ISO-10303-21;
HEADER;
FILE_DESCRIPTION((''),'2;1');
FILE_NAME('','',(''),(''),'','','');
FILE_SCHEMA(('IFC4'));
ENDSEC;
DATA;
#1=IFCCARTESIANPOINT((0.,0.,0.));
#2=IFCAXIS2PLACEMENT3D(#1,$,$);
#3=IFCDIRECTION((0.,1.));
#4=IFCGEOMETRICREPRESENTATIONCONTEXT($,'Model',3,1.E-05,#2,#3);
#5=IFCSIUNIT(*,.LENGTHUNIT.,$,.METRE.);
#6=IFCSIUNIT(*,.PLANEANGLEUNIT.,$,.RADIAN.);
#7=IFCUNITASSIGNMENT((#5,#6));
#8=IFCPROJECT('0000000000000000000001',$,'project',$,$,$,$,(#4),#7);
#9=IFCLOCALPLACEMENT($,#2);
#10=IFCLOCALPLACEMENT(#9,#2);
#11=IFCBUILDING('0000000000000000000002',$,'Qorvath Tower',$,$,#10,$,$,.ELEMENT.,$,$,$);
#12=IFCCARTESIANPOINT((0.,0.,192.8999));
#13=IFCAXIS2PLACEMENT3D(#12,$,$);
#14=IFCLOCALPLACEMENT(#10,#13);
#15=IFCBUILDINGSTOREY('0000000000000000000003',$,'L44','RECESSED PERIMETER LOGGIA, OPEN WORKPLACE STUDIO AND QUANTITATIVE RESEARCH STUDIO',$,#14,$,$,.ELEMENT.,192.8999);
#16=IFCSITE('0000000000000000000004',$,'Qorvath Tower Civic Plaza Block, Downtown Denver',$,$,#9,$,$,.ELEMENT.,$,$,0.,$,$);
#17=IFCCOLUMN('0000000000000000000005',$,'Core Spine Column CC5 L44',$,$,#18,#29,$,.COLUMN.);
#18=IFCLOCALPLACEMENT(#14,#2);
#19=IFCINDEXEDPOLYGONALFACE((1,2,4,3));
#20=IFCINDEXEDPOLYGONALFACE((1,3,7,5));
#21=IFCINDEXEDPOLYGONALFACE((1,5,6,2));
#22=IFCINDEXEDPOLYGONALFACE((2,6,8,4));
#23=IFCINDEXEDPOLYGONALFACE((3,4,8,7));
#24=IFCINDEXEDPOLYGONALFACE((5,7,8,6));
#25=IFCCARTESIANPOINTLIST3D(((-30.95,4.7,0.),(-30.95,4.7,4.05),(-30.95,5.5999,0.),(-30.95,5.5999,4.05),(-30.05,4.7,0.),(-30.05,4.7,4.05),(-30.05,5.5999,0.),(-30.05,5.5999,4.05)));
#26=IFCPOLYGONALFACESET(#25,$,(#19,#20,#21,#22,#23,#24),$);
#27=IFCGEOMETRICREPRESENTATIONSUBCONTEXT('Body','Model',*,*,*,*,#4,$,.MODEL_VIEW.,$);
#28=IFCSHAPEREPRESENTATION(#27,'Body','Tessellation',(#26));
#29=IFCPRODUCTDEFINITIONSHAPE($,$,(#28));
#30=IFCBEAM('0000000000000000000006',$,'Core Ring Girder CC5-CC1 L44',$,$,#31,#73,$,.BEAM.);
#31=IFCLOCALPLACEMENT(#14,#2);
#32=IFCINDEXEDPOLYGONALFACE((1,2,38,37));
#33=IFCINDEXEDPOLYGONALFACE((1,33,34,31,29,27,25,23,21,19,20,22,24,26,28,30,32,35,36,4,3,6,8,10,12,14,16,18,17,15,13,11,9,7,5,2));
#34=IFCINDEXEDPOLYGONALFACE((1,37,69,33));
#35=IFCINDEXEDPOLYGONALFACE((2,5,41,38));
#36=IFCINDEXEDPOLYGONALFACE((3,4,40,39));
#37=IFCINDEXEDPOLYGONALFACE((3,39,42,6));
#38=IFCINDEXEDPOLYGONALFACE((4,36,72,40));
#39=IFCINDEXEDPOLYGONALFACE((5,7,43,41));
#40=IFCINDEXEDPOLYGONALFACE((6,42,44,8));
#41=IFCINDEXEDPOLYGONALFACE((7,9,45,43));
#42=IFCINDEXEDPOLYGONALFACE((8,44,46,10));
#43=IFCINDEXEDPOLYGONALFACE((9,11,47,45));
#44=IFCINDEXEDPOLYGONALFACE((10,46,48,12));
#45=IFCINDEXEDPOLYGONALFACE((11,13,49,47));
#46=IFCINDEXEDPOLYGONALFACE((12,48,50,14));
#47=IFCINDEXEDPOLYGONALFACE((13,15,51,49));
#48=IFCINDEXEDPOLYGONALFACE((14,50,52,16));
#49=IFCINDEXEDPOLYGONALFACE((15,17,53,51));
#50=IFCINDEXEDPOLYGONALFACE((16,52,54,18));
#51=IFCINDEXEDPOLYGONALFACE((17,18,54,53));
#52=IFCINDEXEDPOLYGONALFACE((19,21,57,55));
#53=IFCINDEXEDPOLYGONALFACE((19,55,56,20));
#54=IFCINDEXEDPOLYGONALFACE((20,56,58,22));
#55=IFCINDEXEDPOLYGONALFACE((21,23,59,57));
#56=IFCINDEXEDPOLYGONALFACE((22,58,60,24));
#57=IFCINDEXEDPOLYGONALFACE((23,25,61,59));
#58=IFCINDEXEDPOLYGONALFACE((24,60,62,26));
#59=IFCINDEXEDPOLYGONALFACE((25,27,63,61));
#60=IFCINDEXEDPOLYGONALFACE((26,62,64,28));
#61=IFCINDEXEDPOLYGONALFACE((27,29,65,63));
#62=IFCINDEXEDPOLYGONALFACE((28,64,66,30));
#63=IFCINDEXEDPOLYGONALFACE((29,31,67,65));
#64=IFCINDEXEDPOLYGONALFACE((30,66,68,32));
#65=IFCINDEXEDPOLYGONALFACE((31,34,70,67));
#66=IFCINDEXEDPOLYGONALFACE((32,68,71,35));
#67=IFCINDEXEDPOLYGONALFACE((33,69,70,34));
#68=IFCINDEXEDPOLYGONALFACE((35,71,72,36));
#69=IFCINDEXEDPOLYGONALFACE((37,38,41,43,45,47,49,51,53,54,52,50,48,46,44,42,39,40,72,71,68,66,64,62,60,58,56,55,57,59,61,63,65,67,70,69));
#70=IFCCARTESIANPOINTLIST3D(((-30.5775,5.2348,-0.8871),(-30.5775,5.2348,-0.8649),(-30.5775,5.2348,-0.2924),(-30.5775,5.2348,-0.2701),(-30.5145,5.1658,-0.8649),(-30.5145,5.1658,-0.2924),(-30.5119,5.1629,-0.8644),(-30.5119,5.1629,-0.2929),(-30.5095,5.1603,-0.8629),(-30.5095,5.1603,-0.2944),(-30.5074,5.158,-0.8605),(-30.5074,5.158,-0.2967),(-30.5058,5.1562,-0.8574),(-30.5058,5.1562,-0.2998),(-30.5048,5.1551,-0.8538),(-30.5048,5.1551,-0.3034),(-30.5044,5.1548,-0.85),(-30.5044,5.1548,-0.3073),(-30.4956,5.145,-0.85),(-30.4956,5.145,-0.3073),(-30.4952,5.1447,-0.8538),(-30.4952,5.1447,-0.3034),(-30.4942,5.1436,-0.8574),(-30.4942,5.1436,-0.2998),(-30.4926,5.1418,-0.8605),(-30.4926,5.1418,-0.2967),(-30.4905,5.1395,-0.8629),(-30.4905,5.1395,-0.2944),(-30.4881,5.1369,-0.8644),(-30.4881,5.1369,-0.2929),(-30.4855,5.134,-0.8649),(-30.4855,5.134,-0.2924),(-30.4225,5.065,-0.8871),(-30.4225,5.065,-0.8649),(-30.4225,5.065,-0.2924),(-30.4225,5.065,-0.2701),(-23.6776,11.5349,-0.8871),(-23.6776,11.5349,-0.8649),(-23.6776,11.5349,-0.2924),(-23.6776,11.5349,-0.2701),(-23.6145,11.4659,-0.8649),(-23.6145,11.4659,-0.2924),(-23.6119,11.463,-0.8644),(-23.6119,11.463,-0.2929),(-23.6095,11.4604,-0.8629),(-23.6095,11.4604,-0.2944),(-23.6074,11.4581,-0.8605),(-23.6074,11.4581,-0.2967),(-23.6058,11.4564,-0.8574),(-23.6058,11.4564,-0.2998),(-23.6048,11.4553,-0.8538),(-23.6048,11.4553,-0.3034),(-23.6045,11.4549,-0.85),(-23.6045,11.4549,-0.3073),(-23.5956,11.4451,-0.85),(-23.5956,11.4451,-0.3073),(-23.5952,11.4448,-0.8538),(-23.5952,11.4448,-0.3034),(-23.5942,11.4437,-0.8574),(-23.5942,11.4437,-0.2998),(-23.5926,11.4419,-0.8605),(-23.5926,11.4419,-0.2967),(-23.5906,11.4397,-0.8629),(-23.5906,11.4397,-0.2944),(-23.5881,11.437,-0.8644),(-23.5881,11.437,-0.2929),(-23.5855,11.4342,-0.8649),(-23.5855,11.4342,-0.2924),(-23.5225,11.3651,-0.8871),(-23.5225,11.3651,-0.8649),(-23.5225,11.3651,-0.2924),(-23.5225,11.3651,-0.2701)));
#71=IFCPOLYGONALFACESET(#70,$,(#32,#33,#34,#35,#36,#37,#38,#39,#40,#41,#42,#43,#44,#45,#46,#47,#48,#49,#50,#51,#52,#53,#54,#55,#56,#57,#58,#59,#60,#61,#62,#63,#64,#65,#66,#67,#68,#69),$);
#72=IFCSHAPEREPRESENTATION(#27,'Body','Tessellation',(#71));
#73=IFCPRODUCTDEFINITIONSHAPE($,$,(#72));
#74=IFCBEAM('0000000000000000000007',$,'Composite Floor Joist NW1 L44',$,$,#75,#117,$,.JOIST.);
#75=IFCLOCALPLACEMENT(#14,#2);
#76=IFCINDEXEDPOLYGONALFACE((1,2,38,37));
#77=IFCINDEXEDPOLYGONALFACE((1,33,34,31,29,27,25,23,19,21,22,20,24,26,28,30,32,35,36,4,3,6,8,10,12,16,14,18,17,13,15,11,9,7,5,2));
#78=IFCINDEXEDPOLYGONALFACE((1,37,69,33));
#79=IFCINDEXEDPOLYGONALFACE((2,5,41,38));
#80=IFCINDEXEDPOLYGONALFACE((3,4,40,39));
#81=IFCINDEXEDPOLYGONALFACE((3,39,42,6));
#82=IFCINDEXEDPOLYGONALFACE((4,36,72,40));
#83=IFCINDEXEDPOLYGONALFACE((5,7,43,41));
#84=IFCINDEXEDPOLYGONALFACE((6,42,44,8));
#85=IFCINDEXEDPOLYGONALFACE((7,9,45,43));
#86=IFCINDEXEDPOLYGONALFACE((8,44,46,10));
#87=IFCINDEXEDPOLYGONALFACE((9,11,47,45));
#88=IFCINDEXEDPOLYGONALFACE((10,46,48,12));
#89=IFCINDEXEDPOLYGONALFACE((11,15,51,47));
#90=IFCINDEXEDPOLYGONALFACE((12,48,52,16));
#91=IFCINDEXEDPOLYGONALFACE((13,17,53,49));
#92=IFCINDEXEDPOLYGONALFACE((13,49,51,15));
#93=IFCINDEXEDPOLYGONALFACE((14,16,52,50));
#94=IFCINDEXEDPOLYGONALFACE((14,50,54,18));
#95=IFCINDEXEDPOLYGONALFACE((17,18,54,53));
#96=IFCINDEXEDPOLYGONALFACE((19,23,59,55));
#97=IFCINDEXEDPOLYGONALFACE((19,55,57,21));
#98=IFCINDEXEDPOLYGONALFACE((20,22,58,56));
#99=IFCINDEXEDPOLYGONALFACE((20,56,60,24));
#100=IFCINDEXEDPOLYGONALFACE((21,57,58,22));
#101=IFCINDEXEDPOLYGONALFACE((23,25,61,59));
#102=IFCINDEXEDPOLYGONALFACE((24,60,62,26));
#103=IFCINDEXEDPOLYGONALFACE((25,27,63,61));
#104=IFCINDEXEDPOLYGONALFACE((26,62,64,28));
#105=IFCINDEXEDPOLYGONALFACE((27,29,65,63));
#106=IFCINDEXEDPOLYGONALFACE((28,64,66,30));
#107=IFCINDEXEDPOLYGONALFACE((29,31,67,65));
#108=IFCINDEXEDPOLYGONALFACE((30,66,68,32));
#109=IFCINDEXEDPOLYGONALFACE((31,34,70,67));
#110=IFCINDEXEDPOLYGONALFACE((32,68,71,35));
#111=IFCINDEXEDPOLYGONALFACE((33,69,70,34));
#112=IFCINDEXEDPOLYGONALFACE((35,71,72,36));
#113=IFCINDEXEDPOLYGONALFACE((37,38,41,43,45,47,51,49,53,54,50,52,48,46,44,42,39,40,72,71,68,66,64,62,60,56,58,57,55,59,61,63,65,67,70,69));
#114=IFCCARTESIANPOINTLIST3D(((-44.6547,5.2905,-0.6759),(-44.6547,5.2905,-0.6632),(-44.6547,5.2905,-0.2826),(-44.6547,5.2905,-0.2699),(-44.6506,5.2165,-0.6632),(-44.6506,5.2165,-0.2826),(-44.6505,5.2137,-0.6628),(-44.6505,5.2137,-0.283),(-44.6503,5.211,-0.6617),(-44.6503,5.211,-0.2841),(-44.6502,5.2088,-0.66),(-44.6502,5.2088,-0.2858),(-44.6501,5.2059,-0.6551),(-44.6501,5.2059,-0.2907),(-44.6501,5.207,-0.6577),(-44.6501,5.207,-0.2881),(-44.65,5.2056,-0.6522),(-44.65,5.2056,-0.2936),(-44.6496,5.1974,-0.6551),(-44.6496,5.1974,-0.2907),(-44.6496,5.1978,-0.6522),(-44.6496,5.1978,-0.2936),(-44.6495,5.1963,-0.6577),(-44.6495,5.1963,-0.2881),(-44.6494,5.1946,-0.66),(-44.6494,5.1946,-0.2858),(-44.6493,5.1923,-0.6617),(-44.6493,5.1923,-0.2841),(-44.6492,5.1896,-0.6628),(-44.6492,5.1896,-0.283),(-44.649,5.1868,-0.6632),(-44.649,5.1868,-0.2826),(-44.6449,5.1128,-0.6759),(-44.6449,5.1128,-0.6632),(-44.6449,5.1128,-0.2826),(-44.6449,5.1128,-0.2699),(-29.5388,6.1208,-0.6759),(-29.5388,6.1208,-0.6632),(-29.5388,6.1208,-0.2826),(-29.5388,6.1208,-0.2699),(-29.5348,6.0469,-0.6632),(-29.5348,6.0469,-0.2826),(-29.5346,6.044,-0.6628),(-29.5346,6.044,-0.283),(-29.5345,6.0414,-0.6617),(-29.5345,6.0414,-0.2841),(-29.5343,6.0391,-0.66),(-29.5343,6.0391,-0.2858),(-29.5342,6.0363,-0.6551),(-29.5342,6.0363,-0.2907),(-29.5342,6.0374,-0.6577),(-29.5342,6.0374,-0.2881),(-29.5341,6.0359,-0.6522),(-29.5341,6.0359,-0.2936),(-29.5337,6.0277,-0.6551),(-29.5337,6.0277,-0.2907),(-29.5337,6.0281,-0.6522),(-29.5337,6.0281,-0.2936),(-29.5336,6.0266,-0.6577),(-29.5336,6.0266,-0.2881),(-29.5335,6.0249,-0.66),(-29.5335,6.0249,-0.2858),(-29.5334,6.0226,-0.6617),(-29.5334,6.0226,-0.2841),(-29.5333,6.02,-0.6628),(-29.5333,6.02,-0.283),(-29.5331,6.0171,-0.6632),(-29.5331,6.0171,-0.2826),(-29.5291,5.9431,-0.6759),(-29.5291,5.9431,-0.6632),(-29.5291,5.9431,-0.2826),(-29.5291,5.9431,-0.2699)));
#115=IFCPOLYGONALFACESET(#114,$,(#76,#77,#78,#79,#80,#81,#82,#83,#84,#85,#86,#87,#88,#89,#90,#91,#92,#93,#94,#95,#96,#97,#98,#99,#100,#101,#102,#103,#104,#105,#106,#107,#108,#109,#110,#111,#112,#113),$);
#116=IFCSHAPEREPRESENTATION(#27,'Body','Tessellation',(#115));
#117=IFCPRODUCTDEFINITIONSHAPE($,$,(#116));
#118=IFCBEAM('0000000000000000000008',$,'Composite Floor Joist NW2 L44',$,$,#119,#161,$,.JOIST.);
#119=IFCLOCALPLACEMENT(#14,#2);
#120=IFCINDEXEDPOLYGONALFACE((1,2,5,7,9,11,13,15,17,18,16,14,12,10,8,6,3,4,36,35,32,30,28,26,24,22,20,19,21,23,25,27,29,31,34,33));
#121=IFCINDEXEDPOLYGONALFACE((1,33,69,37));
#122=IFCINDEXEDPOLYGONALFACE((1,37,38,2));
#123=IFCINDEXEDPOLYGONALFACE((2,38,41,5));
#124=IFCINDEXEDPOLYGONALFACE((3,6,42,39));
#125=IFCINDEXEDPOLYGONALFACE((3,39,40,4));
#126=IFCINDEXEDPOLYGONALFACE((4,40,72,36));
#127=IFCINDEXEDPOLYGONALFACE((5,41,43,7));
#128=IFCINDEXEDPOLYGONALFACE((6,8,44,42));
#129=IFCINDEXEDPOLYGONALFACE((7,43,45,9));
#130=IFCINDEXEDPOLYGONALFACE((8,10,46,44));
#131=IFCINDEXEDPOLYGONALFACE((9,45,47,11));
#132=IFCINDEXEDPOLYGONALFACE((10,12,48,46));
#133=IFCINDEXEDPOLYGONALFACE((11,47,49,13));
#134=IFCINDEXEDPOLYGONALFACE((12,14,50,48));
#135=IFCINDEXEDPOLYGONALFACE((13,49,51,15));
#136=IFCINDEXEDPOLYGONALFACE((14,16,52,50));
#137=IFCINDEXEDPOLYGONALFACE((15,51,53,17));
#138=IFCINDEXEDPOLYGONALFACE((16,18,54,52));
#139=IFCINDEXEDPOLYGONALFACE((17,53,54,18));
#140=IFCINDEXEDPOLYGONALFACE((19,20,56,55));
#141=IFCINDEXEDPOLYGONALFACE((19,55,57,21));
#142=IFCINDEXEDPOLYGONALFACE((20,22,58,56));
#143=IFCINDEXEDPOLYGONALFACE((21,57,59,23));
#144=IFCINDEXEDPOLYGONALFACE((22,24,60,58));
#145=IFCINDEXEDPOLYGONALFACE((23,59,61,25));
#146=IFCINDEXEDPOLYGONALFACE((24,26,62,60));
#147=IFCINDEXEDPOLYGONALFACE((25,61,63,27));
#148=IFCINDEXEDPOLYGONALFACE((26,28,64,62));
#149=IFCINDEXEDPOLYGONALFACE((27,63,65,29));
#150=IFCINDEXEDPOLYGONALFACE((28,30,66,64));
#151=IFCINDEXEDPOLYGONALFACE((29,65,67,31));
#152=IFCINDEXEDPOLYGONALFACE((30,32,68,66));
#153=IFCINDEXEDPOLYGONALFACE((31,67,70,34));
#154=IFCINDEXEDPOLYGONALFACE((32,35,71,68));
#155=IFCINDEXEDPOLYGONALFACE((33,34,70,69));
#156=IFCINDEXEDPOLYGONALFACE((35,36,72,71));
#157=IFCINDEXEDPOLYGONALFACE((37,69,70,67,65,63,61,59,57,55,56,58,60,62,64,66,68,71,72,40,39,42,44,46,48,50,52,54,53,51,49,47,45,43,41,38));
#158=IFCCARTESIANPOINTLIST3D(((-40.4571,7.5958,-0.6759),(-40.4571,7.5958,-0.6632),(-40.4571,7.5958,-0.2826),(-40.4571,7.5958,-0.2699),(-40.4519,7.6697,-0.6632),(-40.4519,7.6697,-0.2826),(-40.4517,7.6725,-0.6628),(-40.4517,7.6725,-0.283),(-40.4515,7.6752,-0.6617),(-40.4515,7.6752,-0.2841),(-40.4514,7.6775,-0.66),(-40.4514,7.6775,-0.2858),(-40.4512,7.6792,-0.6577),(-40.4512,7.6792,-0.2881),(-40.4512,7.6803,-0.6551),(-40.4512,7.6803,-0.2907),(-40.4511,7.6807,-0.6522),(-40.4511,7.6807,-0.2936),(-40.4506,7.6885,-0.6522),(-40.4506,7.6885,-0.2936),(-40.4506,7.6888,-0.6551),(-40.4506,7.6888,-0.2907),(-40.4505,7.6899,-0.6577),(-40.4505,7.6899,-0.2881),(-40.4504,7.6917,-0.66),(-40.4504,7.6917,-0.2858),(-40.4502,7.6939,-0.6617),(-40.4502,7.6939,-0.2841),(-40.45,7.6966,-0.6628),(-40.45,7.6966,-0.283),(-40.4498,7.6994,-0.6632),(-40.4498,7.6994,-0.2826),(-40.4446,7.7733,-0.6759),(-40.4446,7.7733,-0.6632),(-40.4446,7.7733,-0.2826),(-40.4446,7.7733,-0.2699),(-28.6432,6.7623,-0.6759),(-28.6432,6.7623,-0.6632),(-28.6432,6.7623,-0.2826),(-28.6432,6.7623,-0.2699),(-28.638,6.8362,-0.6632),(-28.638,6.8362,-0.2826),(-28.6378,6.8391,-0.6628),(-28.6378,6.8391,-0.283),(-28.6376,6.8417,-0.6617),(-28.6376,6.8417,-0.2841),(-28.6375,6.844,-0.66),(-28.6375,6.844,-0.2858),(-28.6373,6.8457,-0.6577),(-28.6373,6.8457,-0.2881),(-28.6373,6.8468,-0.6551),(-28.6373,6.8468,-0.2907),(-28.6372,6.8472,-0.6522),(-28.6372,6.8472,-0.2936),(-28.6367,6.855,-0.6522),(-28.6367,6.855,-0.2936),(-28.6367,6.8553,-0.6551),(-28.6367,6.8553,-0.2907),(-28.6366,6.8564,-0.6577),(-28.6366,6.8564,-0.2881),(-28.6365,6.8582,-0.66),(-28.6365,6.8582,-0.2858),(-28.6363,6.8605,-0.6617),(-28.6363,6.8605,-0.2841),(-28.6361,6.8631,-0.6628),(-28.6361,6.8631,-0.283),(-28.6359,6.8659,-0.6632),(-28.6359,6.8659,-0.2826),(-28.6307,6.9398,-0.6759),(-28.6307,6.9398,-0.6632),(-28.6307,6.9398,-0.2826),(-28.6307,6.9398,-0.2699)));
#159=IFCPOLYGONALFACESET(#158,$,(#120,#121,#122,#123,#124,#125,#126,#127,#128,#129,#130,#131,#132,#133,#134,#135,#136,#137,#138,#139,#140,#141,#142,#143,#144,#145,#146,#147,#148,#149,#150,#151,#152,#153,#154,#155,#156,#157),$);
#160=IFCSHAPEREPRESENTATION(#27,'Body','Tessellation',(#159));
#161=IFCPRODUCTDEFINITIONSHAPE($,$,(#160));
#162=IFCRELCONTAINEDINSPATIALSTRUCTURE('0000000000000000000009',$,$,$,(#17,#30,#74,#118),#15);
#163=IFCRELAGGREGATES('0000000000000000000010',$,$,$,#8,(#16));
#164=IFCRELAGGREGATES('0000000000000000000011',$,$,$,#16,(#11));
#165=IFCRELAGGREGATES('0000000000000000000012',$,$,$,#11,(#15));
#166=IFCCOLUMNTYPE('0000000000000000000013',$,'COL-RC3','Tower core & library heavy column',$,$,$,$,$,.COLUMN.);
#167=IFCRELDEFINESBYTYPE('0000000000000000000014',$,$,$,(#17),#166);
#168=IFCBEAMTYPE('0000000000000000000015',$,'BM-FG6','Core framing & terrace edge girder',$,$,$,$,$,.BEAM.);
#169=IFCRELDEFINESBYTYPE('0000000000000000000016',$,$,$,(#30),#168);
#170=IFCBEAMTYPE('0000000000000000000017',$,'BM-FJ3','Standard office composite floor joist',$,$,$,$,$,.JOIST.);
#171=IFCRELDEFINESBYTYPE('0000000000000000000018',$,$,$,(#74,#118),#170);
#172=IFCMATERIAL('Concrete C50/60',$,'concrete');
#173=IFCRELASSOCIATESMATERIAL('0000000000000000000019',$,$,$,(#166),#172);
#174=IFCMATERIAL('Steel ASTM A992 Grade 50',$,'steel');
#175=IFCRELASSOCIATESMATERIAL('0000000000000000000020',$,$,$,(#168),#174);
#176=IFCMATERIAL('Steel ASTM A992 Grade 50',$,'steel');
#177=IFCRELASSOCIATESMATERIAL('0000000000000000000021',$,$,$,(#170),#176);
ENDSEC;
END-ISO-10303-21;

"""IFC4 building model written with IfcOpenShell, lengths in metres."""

from ifc_helpers import new_model, si_unit, direction, frame, origin, origin_2d, place, context, subcontext, project, spatial, rectangle, i_section, extrude, material, material_profile, profile_set, type_object, element, save


model = new_model("IFC4")

# Units and contexts
model_context = context("Model", 3, precision=1e-05, world=origin(), true_north=direction((0.0, 1.0)))
body_context = subcontext(model_context, "Body", "Model", "MODEL_VIEW")
ifc_project = project(units=[si_unit("LENGTHUNIT", "METRE"), si_unit("PLANEANGLEUNIT", "RADIAN")], contexts=[model_context])

# Site, building, storey
site_placement = place(None, origin())
site = spatial("IfcSite", under=ifc_project, at=site_placement, Name="Qorvath Tower Civic Plaza Block, Downtown Denver", CompositionType="ELEMENT", RefElevation=0.0)
building_placement = place(site_placement, origin())
building = spatial("IfcBuilding", under=site, at=building_placement, Name="Qorvath Tower", CompositionType="ELEMENT")
storey_placement = place(building_placement, frame((0.0, 0.0, 192.8999)))
storey = spatial("IfcBuildingStorey", under=building, at=storey_placement, Name="L44", Description="RECESSED PERIMETER LOGGIA, OPEN WORKPLACE STUDIO AND QUANTITATIVE RESEARCH STUDIO", CompositionType="ELEMENT", Elevation=192.8999)

# Column
ifc_material_1 = material(Name="Concrete C50/60", Category="concrete")
ifc_material_profile_1 = material_profile(ifc_material_1, rectangle(XDim=0.8999, YDim=0.8999, at=origin_2d()), Name="RC 900x900")
ifc_profile_set_1 = profile_set([ifc_material_profile_1], Name="Concrete C50/60")
column_type = type_object("IfcColumnType", Name="COL-RC3", Description="Tower core & library heavy column", PredefinedType="COLUMN", material=ifc_profile_set_1)
column_placement = place(storey_placement, frame((-30.5, 5.1499, 0.0), z_axis=(0.0, 0.0, 1.0), x_axis=(1.0, 0.0, 0.0)))
element("IfcColumn", 1, at=column_placement, inside=storey, type_object=column_type, Name="Core Spine Column CC5 L44", PredefinedType="COLUMN", context=body_context, shape_type="SweptSolid", body=[
    extrude(rectangle(XDim=0.8999, YDim=0.8999, at=origin_2d()), origin(), (0.0, 0.0, 1.0), 4.05),
])

# Beams
ifc_material_2 = material(Name="Steel ASTM A992 Grade 50", Category="steel")
ifc_material_profile_2 = material_profile(ifc_material_2, i_section(OverallWidth=0.23, OverallDepth=0.6169, WebThickness=0.0132, FlangeThickness=0.0222, FilletRadius=0.0149, at=origin_2d()), Name="W24x94")
ifc_profile_set_2 = profile_set([ifc_material_profile_2], Name="Steel ASTM A992 Grade 50")
beam_type_1 = type_object("IfcBeamType", Name="BM-FG6", Description="Core framing & terrace edge girder", PredefinedType="BEAM", material=ifc_profile_set_2)
beam_1_placement = place(storey_placement, frame((-30.5, 5.1499, -0.5786), z_axis=(0.738478, 0.674277, 0.0), x_axis=(-0.674277, 0.738478, 0.0)))
element("IfcBeam", 2, at=beam_1_placement, inside=storey, type_object=beam_type_1, Name="Core Ring Girder CC5-CC1 L44", PredefinedType="BEAM", context=body_context, shape_type="SweptSolid", body=[
    extrude(i_section(OverallWidth=0.23, OverallDepth=0.6169, WebThickness=0.0132, FlangeThickness=0.0222, FilletRadius=0.0149, at=origin_2d()), origin(), (0.0, 0.0, 1.0), 9.3435),
])
ifc_material_3 = material(Name="Steel ASTM A992 Grade 50", Category="steel")
ifc_material_profile_3 = material_profile(ifc_material_3, i_section(OverallWidth=0.178, OverallDepth=0.406, WebThickness=0.0078, FlangeThickness=0.0127, FilletRadius=0.011, at=origin_2d()), Name="W16x40")
ifc_profile_set_3 = profile_set([ifc_material_profile_3], Name="Steel ASTM A992 Grade 50")
beam_type_2 = type_object("IfcBeamType", Name="BM-FJ3", Description="Standard office composite floor joist", PredefinedType="JOIST", material=ifc_profile_set_3)
beam_2_placement = place(storey_placement, frame((-29.5339, 6.032, -0.4729), z_axis=(-0.998495, -0.054847, 0.0), x_axis=(0.054847, -0.998495, 0.0)))
element("IfcBeam", 3, at=beam_2_placement, inside=storey, type_object=beam_type_2, Name="Composite Floor Joist NW1 L44", PredefinedType="JOIST", context=body_context, shape_type="SweptSolid", body=[
    extrude(i_section(OverallWidth=0.178, OverallDepth=0.406, WebThickness=0.0078, FlangeThickness=0.0127, FilletRadius=0.011, at=origin_2d()), origin(), (0.0, 0.0, 1.0), 15.1387),
])
beam_3_placement = place(storey_placement, frame((-28.637, 6.8511, -0.4729), z_axis=(-0.99752, 0.070377, 0.0), x_axis=(-0.070377, -0.99752, 0.0)))
element("IfcBeam", 4, at=beam_3_placement, inside=storey, type_object=beam_type_2, Name="Composite Floor Joist NW2 L44", PredefinedType="JOIST", context=body_context, shape_type="SweptSolid", body=[
    extrude(i_section(OverallWidth=0.178, OverallDepth=0.406, WebThickness=0.0078, FlangeThickness=0.0127, FilletRadius=0.011, at=origin_2d()), origin(), (0.0, 0.0, 1.0), 11.8433),
])

save(model, "model.ifc")
